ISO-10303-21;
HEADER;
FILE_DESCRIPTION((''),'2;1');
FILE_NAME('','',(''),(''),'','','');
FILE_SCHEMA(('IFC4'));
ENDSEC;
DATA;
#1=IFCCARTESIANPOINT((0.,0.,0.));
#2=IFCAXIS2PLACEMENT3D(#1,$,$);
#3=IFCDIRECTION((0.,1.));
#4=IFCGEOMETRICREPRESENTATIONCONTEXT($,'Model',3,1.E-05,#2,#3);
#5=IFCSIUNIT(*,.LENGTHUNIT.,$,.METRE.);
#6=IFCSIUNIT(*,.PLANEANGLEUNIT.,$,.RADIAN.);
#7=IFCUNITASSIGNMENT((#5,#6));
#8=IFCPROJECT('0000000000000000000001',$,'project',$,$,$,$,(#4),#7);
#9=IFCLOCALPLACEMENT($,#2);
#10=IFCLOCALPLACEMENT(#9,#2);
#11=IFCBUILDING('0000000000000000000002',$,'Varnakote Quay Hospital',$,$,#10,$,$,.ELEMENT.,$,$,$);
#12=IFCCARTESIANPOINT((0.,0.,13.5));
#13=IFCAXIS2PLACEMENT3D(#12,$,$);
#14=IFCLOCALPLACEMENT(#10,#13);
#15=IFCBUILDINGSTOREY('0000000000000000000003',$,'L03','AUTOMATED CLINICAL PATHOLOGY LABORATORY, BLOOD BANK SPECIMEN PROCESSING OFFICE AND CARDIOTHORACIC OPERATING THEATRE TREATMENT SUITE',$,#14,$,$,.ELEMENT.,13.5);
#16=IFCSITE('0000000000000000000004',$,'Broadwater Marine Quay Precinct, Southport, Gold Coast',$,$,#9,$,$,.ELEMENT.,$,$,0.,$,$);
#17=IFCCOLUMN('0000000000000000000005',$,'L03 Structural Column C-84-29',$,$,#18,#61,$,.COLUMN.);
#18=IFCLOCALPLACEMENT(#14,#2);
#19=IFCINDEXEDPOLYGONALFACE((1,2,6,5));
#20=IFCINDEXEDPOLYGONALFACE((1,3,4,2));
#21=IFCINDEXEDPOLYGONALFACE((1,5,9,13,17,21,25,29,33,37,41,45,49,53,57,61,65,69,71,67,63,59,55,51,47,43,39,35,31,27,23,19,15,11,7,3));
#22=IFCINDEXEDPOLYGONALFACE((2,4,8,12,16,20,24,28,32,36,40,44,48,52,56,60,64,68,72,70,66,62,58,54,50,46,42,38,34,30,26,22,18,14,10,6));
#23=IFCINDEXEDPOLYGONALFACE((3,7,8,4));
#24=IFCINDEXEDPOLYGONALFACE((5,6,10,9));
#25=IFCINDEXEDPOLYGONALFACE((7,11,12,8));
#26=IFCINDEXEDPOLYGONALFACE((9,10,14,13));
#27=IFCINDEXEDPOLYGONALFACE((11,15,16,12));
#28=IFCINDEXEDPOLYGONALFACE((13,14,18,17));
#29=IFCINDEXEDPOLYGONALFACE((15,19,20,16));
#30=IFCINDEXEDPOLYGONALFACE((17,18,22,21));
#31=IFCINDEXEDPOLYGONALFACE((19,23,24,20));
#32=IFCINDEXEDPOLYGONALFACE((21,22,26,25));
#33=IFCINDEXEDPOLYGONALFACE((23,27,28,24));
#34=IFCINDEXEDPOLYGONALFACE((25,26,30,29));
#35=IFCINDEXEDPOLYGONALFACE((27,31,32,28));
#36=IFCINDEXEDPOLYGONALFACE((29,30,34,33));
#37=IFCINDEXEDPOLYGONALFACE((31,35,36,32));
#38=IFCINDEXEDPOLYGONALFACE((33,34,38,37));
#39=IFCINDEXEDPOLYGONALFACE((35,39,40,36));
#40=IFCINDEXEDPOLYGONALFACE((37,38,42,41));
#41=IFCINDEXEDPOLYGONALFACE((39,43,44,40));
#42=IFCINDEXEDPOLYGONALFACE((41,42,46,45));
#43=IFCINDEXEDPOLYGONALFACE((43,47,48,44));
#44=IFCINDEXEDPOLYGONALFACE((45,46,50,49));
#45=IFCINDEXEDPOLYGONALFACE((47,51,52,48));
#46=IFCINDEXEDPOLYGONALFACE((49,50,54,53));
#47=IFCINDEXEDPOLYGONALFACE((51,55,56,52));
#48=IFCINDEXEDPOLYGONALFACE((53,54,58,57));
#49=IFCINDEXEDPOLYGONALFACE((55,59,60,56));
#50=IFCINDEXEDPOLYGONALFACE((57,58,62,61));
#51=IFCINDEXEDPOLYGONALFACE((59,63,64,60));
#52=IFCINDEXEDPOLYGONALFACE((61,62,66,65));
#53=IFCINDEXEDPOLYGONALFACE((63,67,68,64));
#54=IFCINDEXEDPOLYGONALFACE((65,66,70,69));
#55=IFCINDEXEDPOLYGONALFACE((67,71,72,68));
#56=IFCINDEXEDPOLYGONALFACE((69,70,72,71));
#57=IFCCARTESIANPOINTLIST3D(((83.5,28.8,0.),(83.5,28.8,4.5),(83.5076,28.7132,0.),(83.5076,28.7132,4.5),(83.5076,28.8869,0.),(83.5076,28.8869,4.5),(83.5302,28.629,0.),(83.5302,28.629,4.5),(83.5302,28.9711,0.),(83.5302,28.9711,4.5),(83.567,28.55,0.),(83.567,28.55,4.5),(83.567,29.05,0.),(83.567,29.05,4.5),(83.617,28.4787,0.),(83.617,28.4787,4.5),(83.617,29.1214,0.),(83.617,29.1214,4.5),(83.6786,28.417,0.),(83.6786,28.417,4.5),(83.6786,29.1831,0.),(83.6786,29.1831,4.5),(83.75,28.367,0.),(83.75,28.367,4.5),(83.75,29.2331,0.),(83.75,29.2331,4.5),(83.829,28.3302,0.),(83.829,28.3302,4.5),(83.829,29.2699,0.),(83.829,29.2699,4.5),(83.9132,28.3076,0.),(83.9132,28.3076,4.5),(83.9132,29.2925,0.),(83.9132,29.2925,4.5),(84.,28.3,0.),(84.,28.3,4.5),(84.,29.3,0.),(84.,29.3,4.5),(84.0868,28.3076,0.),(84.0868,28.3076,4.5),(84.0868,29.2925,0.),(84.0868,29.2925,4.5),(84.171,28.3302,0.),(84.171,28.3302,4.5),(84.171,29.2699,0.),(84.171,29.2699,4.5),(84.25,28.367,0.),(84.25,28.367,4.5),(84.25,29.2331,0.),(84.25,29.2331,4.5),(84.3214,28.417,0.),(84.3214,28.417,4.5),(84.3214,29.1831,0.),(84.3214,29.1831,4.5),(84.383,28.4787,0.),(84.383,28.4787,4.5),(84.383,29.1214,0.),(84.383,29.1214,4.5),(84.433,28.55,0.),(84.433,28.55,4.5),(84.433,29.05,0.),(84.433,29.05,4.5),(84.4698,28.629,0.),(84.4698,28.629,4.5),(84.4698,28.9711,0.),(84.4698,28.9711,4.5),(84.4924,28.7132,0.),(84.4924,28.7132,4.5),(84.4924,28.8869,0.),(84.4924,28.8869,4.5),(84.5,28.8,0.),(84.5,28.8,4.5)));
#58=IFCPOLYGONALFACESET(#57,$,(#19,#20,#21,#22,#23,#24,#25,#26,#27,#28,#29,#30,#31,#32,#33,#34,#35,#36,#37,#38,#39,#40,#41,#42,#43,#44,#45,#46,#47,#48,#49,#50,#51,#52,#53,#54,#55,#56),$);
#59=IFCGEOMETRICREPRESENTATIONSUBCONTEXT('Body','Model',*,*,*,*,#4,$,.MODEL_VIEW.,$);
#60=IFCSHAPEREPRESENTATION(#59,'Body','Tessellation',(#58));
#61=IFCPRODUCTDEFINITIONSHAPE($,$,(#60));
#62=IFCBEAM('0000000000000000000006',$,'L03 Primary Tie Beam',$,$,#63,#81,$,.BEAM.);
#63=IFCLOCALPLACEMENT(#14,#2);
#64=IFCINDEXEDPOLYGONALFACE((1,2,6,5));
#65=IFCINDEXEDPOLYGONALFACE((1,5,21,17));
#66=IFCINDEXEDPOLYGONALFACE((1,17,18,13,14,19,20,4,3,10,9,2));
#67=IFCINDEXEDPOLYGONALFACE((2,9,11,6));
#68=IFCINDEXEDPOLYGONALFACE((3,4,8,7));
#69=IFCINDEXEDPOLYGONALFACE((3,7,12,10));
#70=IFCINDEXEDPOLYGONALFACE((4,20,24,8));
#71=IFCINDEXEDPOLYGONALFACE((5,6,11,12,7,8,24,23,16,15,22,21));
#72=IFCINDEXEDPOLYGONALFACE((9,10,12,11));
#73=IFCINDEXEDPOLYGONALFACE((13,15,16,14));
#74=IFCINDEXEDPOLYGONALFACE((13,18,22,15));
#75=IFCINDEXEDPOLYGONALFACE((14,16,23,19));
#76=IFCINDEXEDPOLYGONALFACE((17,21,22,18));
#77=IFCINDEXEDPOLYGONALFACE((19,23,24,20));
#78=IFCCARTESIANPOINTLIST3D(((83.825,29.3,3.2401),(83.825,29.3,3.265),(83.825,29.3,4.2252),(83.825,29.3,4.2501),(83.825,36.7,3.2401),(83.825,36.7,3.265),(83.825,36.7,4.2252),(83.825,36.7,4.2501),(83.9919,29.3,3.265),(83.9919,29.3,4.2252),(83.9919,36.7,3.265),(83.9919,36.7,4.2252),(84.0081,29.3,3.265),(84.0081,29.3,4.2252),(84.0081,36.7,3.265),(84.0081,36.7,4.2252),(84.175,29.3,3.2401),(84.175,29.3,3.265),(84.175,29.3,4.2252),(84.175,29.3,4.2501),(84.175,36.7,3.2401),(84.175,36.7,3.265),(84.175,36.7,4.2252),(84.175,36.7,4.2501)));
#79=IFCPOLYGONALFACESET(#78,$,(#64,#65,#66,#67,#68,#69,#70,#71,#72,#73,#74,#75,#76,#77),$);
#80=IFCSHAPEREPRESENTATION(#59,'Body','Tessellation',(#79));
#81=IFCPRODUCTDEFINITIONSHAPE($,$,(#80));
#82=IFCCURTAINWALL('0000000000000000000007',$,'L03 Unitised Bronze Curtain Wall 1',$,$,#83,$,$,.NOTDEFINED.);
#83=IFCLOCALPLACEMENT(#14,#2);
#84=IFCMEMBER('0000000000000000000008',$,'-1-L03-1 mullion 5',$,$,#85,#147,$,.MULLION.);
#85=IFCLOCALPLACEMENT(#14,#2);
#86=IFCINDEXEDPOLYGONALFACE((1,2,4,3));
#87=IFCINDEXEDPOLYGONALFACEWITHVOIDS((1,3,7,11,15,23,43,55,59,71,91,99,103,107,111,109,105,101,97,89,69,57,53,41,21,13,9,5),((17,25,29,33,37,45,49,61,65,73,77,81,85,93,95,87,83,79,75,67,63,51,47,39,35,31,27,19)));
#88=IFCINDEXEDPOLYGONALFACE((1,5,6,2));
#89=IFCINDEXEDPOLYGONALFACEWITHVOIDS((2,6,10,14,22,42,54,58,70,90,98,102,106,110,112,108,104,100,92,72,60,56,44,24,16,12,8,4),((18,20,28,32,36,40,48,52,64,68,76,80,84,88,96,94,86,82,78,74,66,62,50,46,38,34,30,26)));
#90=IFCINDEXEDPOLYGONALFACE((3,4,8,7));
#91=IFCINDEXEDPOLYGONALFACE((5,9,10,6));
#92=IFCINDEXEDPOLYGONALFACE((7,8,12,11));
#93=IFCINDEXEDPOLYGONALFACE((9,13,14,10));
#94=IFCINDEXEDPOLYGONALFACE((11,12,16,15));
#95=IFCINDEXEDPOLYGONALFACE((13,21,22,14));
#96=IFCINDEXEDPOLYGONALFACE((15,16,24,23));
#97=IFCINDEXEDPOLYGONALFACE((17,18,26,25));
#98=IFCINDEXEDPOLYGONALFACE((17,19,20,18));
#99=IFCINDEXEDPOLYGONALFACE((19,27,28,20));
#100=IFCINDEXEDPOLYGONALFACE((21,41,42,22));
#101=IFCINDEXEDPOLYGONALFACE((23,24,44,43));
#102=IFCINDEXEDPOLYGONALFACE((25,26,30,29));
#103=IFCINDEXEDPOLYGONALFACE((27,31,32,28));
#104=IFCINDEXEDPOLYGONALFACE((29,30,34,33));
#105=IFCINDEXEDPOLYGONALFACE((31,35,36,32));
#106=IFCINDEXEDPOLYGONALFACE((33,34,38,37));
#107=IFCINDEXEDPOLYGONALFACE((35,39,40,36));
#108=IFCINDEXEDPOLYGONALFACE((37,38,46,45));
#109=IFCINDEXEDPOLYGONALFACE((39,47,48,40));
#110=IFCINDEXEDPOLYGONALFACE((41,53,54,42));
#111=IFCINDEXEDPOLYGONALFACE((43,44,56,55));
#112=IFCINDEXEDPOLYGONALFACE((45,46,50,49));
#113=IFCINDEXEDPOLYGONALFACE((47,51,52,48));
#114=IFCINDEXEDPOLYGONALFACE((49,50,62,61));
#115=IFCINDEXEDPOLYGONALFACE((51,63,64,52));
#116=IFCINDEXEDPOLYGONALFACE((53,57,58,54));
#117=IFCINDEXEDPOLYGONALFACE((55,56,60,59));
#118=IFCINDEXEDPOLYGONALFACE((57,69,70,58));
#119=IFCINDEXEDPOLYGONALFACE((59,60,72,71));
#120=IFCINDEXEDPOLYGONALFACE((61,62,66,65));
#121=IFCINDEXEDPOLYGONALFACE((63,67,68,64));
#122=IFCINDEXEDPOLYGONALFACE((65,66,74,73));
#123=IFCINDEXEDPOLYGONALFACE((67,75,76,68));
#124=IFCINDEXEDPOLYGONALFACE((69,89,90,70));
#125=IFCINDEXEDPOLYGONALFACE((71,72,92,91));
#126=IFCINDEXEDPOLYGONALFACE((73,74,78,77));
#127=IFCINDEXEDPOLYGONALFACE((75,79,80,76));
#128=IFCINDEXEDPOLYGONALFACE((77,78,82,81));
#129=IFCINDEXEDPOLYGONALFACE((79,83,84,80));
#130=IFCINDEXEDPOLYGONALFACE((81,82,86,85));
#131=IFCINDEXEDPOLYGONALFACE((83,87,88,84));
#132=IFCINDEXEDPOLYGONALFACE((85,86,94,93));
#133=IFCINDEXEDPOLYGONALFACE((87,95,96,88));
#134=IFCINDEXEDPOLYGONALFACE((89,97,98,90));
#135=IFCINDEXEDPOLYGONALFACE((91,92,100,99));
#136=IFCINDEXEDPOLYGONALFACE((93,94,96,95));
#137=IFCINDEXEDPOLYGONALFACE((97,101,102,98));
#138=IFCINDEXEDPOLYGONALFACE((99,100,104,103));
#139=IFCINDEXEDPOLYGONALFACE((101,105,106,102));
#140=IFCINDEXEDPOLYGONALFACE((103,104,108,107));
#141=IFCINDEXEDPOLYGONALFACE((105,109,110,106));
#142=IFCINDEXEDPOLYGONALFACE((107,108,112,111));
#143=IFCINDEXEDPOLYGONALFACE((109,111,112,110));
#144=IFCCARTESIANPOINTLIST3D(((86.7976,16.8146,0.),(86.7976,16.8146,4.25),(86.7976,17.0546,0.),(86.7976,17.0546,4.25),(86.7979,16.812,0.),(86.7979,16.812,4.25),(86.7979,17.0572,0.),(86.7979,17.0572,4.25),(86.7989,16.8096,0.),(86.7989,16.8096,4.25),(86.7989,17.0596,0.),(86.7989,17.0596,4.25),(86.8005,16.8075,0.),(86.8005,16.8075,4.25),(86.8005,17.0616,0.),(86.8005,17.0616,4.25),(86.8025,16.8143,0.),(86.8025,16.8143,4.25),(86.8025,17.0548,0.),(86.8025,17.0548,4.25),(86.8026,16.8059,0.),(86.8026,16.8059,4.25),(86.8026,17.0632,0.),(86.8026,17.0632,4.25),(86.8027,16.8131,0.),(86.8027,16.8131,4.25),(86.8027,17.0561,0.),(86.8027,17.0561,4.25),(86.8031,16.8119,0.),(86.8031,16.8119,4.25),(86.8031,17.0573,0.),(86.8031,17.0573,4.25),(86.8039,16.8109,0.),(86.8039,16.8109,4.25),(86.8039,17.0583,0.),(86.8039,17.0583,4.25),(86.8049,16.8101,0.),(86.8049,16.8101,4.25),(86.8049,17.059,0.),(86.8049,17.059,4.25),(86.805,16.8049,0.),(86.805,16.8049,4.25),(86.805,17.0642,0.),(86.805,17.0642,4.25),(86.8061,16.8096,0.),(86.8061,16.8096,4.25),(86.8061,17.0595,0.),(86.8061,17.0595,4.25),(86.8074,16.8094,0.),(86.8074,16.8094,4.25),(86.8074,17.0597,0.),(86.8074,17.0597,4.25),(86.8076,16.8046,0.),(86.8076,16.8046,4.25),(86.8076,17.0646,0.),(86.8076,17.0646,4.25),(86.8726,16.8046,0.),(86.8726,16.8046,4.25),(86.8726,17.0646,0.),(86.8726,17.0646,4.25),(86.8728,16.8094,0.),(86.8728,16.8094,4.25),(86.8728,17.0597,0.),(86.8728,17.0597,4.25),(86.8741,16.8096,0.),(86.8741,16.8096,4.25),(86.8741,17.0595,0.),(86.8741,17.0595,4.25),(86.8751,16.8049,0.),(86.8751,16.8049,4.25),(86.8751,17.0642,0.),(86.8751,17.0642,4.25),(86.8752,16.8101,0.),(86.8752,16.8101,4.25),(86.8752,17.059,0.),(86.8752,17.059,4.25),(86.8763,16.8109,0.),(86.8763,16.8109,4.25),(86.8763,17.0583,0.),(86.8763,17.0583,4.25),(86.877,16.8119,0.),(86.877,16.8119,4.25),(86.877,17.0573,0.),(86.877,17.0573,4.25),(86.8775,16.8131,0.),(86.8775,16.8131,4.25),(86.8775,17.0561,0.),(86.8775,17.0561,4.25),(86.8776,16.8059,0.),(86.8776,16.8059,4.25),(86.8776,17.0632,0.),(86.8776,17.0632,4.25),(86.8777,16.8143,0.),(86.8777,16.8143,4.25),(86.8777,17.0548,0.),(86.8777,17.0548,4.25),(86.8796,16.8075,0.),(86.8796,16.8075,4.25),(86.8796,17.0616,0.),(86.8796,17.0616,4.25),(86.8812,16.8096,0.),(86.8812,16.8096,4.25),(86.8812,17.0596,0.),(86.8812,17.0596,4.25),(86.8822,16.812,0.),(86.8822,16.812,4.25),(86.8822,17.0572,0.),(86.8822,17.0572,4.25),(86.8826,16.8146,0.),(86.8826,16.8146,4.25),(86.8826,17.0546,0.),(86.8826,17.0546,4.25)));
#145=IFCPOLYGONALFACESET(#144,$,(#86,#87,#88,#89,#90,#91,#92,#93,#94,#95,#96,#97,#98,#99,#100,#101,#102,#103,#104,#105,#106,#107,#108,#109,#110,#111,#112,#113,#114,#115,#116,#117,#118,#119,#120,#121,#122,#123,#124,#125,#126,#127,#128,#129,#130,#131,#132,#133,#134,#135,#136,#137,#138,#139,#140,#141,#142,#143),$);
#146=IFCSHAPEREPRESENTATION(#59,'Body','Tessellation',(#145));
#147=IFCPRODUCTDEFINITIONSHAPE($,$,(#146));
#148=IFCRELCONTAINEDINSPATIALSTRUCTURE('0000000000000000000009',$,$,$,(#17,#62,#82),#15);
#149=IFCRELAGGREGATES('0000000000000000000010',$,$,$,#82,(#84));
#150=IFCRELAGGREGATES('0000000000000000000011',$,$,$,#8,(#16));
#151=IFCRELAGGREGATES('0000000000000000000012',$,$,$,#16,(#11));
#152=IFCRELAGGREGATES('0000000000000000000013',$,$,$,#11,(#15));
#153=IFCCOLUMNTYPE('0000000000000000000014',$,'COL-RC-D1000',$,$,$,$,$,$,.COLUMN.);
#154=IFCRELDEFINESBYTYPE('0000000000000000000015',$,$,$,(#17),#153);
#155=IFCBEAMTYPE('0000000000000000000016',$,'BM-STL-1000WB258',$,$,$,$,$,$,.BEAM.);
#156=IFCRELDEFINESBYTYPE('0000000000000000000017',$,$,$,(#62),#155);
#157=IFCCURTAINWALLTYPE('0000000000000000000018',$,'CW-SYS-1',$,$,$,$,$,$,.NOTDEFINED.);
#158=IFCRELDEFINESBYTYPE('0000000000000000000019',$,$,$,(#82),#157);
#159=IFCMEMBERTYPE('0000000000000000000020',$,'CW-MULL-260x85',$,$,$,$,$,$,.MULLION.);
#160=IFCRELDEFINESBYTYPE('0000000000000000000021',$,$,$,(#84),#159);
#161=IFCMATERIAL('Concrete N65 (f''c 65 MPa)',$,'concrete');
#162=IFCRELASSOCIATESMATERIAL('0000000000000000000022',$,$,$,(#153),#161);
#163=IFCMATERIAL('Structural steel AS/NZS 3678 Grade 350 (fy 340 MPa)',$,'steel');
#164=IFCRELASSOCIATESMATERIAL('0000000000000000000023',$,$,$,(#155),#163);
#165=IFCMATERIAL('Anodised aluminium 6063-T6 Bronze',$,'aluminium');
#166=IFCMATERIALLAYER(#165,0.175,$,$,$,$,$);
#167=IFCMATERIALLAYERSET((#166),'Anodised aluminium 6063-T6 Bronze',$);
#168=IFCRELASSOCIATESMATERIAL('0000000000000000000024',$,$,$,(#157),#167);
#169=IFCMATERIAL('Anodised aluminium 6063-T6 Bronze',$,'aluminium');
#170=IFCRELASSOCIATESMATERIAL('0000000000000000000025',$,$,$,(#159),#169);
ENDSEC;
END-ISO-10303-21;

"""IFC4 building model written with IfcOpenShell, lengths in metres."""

from ifc_helpers import new_model, si_unit, direction, frame, origin, origin_2d, place, context, subcontext, project, spatial, hollow_rectangle, circle, i_section, extrude, material, layer, layer_set, material_profile, profile_set, type_object, element, aggregate, save


model = new_model("IFC4")

# Units and contexts
model_context = context("Model", 3, precision=1e-05, world=origin(), true_north=direction((0.0, 1.0)))
body_context = subcontext(model_context, "Body", "Model", "MODEL_VIEW")
ifc_project = project(units=[si_unit("LENGTHUNIT", "METRE"), si_unit("PLANEANGLEUNIT", "RADIAN")], contexts=[model_context])

# Site, building, storey
site_placement = place(None, origin())
site = spatial("IfcSite", under=ifc_project, at=site_placement, Name="Broadwater Marine Quay Precinct, Southport, Gold Coast", CompositionType="ELEMENT", RefElevation=0.0)
building_placement = place(site_placement, origin())
building = spatial("IfcBuilding", under=site, at=building_placement, Name="Varnakote Quay Hospital", CompositionType="ELEMENT")
storey_placement = place(building_placement, frame((0.0, 0.0, 13.5)))
storey = spatial("IfcBuildingStorey", under=building, at=storey_placement, Name="L03", Description="AUTOMATED CLINICAL PATHOLOGY LABORATORY, BLOOD BANK SPECIMEN PROCESSING OFFICE AND CARDIOTHORACIC OPERATING THEATRE TREATMENT SUITE", CompositionType="ELEMENT", Elevation=13.5)

# Column
ifc_material_1 = material(Name="Concrete N65 (f'c 65 MPa)", Category="concrete")
ifc_material_profile_1 = material_profile(ifc_material_1, circle(Radius=0.5, at=origin_2d()), Name="RC-COL-D1000")
ifc_profile_set_1 = profile_set([ifc_material_profile_1], Name="Concrete N65 (f'c 65 MPa)")
column_type = type_object("IfcColumnType", Name="COL-RC-D1000", PredefinedType="COLUMN", material=ifc_profile_set_1)
column_placement = place(storey_placement, frame((84.0, 28.8, 0.0), z_axis=(0.0, 0.0, 1.0), x_axis=(1.0, 0.0, 0.0)))
element("IfcColumn", 1, at=column_placement, inside=storey, type_object=column_type, Name="L03 Structural Column C-84-29", PredefinedType="COLUMN", context=body_context, shape_type="SweptSolid", body=[
    extrude(circle(Radius=0.5, at=origin_2d()), origin(), (0.0, 0.0, 1.0), 4.5),
])

# Beam
ifc_material_2 = material(Name="Structural steel AS/NZS 3678 Grade 350 (fy 340 MPa)", Category="steel")
ifc_material_profile_2 = material_profile(ifc_material_2, i_section(OverallWidth=0.3501, OverallDepth=1.01, WebThickness=0.0161, FlangeThickness=0.0249, at=origin_2d()), Name="1000WB258")
ifc_profile_set_2 = profile_set([ifc_material_profile_2], Name="Structural steel AS/NZS 3678 Grade 350 (fy 340 MPa)")
beam_type = type_object("IfcBeamType", Name="BM-STL-1000WB258", PredefinedType="BEAM", material=ifc_profile_set_2)
beam_placement = place(storey_placement, frame((84.0, 29.3, 3.7451), z_axis=(0.0, 1.0, 0.0), x_axis=(-1.0, 0.0, 0.0)))
element("IfcBeam", 2, at=beam_placement, inside=storey, type_object=beam_type, Name="L03 Primary Tie Beam", PredefinedType="BEAM", context=body_context, shape_type="SweptSolid", body=[
    extrude(i_section(OverallWidth=0.3501, OverallDepth=1.01, WebThickness=0.0161, FlangeThickness=0.0249, at=origin_2d()), origin(), (0.0, 0.0, 1.0), 7.3999),
])

# Curtain wall, member
ifc_material_3 = material(Name="Anodised aluminium 6063-T6 Bronze", Category="aluminium")
ifc_layer_1 = layer(ifc_material_3, 0.175)
ifc_layer_set_1 = layer_set([ifc_layer_1], Name="Anodised aluminium 6063-T6 Bronze")
curtain_wall_type = type_object("IfcCurtainWallType", Name="CW-SYS-1", PredefinedType="NOTDEFINED", material=ifc_layer_set_1)
curtain_wall_placement = place(storey_placement, origin())
curtain_wall = element("IfcCurtainWall", 3, at=curtain_wall_placement, inside=storey, type_object=curtain_wall_type, Name="L03 Unitised Bronze Curtain Wall 1", PredefinedType="NOTDEFINED")
ifc_material_4 = material(Name="Anodised aluminium 6063-T6 Bronze", Category="aluminium")
ifc_material_profile_3 = material_profile(ifc_material_4, hollow_rectangle(XDim=0.085, YDim=0.26, WallThickness=0.0049, InnerFilletRadius=0.0049, OuterFilletRadius=0.01, at=origin_2d()), Name="CW-MULL-260x85")
ifc_profile_set_3 = profile_set([ifc_material_profile_3], Name="Anodised aluminium 6063-T6 Bronze")
member_type_1 = type_object("IfcMemberType", Name="CW-MULL-260x85", PredefinedType="MULLION", material=ifc_profile_set_3)
member_1_placement = place(storey_placement, frame((86.8401, 16.9346, 0.0), z_axis=(0.0, 0.0, 1.0), x_axis=(-1.0, 0.0, 0.0)))
member_1 = element("IfcMember", 4, at=member_1_placement, type_object=member_type_1, Name="-1-L03-1 mullion 5", PredefinedType="MULLION", context=body_context, shape_type="SweptSolid", body=[
    extrude(hollow_rectangle(XDim=0.085, YDim=0.26, WallThickness=0.0049, InnerFilletRadius=0.0049, OuterFilletRadius=0.01, at=origin_2d()), origin(), (0.0, 0.0, 1.0), 4.25),
])
aggregate(curtain_wall, [member_1])

save(model, "model.ifc")
